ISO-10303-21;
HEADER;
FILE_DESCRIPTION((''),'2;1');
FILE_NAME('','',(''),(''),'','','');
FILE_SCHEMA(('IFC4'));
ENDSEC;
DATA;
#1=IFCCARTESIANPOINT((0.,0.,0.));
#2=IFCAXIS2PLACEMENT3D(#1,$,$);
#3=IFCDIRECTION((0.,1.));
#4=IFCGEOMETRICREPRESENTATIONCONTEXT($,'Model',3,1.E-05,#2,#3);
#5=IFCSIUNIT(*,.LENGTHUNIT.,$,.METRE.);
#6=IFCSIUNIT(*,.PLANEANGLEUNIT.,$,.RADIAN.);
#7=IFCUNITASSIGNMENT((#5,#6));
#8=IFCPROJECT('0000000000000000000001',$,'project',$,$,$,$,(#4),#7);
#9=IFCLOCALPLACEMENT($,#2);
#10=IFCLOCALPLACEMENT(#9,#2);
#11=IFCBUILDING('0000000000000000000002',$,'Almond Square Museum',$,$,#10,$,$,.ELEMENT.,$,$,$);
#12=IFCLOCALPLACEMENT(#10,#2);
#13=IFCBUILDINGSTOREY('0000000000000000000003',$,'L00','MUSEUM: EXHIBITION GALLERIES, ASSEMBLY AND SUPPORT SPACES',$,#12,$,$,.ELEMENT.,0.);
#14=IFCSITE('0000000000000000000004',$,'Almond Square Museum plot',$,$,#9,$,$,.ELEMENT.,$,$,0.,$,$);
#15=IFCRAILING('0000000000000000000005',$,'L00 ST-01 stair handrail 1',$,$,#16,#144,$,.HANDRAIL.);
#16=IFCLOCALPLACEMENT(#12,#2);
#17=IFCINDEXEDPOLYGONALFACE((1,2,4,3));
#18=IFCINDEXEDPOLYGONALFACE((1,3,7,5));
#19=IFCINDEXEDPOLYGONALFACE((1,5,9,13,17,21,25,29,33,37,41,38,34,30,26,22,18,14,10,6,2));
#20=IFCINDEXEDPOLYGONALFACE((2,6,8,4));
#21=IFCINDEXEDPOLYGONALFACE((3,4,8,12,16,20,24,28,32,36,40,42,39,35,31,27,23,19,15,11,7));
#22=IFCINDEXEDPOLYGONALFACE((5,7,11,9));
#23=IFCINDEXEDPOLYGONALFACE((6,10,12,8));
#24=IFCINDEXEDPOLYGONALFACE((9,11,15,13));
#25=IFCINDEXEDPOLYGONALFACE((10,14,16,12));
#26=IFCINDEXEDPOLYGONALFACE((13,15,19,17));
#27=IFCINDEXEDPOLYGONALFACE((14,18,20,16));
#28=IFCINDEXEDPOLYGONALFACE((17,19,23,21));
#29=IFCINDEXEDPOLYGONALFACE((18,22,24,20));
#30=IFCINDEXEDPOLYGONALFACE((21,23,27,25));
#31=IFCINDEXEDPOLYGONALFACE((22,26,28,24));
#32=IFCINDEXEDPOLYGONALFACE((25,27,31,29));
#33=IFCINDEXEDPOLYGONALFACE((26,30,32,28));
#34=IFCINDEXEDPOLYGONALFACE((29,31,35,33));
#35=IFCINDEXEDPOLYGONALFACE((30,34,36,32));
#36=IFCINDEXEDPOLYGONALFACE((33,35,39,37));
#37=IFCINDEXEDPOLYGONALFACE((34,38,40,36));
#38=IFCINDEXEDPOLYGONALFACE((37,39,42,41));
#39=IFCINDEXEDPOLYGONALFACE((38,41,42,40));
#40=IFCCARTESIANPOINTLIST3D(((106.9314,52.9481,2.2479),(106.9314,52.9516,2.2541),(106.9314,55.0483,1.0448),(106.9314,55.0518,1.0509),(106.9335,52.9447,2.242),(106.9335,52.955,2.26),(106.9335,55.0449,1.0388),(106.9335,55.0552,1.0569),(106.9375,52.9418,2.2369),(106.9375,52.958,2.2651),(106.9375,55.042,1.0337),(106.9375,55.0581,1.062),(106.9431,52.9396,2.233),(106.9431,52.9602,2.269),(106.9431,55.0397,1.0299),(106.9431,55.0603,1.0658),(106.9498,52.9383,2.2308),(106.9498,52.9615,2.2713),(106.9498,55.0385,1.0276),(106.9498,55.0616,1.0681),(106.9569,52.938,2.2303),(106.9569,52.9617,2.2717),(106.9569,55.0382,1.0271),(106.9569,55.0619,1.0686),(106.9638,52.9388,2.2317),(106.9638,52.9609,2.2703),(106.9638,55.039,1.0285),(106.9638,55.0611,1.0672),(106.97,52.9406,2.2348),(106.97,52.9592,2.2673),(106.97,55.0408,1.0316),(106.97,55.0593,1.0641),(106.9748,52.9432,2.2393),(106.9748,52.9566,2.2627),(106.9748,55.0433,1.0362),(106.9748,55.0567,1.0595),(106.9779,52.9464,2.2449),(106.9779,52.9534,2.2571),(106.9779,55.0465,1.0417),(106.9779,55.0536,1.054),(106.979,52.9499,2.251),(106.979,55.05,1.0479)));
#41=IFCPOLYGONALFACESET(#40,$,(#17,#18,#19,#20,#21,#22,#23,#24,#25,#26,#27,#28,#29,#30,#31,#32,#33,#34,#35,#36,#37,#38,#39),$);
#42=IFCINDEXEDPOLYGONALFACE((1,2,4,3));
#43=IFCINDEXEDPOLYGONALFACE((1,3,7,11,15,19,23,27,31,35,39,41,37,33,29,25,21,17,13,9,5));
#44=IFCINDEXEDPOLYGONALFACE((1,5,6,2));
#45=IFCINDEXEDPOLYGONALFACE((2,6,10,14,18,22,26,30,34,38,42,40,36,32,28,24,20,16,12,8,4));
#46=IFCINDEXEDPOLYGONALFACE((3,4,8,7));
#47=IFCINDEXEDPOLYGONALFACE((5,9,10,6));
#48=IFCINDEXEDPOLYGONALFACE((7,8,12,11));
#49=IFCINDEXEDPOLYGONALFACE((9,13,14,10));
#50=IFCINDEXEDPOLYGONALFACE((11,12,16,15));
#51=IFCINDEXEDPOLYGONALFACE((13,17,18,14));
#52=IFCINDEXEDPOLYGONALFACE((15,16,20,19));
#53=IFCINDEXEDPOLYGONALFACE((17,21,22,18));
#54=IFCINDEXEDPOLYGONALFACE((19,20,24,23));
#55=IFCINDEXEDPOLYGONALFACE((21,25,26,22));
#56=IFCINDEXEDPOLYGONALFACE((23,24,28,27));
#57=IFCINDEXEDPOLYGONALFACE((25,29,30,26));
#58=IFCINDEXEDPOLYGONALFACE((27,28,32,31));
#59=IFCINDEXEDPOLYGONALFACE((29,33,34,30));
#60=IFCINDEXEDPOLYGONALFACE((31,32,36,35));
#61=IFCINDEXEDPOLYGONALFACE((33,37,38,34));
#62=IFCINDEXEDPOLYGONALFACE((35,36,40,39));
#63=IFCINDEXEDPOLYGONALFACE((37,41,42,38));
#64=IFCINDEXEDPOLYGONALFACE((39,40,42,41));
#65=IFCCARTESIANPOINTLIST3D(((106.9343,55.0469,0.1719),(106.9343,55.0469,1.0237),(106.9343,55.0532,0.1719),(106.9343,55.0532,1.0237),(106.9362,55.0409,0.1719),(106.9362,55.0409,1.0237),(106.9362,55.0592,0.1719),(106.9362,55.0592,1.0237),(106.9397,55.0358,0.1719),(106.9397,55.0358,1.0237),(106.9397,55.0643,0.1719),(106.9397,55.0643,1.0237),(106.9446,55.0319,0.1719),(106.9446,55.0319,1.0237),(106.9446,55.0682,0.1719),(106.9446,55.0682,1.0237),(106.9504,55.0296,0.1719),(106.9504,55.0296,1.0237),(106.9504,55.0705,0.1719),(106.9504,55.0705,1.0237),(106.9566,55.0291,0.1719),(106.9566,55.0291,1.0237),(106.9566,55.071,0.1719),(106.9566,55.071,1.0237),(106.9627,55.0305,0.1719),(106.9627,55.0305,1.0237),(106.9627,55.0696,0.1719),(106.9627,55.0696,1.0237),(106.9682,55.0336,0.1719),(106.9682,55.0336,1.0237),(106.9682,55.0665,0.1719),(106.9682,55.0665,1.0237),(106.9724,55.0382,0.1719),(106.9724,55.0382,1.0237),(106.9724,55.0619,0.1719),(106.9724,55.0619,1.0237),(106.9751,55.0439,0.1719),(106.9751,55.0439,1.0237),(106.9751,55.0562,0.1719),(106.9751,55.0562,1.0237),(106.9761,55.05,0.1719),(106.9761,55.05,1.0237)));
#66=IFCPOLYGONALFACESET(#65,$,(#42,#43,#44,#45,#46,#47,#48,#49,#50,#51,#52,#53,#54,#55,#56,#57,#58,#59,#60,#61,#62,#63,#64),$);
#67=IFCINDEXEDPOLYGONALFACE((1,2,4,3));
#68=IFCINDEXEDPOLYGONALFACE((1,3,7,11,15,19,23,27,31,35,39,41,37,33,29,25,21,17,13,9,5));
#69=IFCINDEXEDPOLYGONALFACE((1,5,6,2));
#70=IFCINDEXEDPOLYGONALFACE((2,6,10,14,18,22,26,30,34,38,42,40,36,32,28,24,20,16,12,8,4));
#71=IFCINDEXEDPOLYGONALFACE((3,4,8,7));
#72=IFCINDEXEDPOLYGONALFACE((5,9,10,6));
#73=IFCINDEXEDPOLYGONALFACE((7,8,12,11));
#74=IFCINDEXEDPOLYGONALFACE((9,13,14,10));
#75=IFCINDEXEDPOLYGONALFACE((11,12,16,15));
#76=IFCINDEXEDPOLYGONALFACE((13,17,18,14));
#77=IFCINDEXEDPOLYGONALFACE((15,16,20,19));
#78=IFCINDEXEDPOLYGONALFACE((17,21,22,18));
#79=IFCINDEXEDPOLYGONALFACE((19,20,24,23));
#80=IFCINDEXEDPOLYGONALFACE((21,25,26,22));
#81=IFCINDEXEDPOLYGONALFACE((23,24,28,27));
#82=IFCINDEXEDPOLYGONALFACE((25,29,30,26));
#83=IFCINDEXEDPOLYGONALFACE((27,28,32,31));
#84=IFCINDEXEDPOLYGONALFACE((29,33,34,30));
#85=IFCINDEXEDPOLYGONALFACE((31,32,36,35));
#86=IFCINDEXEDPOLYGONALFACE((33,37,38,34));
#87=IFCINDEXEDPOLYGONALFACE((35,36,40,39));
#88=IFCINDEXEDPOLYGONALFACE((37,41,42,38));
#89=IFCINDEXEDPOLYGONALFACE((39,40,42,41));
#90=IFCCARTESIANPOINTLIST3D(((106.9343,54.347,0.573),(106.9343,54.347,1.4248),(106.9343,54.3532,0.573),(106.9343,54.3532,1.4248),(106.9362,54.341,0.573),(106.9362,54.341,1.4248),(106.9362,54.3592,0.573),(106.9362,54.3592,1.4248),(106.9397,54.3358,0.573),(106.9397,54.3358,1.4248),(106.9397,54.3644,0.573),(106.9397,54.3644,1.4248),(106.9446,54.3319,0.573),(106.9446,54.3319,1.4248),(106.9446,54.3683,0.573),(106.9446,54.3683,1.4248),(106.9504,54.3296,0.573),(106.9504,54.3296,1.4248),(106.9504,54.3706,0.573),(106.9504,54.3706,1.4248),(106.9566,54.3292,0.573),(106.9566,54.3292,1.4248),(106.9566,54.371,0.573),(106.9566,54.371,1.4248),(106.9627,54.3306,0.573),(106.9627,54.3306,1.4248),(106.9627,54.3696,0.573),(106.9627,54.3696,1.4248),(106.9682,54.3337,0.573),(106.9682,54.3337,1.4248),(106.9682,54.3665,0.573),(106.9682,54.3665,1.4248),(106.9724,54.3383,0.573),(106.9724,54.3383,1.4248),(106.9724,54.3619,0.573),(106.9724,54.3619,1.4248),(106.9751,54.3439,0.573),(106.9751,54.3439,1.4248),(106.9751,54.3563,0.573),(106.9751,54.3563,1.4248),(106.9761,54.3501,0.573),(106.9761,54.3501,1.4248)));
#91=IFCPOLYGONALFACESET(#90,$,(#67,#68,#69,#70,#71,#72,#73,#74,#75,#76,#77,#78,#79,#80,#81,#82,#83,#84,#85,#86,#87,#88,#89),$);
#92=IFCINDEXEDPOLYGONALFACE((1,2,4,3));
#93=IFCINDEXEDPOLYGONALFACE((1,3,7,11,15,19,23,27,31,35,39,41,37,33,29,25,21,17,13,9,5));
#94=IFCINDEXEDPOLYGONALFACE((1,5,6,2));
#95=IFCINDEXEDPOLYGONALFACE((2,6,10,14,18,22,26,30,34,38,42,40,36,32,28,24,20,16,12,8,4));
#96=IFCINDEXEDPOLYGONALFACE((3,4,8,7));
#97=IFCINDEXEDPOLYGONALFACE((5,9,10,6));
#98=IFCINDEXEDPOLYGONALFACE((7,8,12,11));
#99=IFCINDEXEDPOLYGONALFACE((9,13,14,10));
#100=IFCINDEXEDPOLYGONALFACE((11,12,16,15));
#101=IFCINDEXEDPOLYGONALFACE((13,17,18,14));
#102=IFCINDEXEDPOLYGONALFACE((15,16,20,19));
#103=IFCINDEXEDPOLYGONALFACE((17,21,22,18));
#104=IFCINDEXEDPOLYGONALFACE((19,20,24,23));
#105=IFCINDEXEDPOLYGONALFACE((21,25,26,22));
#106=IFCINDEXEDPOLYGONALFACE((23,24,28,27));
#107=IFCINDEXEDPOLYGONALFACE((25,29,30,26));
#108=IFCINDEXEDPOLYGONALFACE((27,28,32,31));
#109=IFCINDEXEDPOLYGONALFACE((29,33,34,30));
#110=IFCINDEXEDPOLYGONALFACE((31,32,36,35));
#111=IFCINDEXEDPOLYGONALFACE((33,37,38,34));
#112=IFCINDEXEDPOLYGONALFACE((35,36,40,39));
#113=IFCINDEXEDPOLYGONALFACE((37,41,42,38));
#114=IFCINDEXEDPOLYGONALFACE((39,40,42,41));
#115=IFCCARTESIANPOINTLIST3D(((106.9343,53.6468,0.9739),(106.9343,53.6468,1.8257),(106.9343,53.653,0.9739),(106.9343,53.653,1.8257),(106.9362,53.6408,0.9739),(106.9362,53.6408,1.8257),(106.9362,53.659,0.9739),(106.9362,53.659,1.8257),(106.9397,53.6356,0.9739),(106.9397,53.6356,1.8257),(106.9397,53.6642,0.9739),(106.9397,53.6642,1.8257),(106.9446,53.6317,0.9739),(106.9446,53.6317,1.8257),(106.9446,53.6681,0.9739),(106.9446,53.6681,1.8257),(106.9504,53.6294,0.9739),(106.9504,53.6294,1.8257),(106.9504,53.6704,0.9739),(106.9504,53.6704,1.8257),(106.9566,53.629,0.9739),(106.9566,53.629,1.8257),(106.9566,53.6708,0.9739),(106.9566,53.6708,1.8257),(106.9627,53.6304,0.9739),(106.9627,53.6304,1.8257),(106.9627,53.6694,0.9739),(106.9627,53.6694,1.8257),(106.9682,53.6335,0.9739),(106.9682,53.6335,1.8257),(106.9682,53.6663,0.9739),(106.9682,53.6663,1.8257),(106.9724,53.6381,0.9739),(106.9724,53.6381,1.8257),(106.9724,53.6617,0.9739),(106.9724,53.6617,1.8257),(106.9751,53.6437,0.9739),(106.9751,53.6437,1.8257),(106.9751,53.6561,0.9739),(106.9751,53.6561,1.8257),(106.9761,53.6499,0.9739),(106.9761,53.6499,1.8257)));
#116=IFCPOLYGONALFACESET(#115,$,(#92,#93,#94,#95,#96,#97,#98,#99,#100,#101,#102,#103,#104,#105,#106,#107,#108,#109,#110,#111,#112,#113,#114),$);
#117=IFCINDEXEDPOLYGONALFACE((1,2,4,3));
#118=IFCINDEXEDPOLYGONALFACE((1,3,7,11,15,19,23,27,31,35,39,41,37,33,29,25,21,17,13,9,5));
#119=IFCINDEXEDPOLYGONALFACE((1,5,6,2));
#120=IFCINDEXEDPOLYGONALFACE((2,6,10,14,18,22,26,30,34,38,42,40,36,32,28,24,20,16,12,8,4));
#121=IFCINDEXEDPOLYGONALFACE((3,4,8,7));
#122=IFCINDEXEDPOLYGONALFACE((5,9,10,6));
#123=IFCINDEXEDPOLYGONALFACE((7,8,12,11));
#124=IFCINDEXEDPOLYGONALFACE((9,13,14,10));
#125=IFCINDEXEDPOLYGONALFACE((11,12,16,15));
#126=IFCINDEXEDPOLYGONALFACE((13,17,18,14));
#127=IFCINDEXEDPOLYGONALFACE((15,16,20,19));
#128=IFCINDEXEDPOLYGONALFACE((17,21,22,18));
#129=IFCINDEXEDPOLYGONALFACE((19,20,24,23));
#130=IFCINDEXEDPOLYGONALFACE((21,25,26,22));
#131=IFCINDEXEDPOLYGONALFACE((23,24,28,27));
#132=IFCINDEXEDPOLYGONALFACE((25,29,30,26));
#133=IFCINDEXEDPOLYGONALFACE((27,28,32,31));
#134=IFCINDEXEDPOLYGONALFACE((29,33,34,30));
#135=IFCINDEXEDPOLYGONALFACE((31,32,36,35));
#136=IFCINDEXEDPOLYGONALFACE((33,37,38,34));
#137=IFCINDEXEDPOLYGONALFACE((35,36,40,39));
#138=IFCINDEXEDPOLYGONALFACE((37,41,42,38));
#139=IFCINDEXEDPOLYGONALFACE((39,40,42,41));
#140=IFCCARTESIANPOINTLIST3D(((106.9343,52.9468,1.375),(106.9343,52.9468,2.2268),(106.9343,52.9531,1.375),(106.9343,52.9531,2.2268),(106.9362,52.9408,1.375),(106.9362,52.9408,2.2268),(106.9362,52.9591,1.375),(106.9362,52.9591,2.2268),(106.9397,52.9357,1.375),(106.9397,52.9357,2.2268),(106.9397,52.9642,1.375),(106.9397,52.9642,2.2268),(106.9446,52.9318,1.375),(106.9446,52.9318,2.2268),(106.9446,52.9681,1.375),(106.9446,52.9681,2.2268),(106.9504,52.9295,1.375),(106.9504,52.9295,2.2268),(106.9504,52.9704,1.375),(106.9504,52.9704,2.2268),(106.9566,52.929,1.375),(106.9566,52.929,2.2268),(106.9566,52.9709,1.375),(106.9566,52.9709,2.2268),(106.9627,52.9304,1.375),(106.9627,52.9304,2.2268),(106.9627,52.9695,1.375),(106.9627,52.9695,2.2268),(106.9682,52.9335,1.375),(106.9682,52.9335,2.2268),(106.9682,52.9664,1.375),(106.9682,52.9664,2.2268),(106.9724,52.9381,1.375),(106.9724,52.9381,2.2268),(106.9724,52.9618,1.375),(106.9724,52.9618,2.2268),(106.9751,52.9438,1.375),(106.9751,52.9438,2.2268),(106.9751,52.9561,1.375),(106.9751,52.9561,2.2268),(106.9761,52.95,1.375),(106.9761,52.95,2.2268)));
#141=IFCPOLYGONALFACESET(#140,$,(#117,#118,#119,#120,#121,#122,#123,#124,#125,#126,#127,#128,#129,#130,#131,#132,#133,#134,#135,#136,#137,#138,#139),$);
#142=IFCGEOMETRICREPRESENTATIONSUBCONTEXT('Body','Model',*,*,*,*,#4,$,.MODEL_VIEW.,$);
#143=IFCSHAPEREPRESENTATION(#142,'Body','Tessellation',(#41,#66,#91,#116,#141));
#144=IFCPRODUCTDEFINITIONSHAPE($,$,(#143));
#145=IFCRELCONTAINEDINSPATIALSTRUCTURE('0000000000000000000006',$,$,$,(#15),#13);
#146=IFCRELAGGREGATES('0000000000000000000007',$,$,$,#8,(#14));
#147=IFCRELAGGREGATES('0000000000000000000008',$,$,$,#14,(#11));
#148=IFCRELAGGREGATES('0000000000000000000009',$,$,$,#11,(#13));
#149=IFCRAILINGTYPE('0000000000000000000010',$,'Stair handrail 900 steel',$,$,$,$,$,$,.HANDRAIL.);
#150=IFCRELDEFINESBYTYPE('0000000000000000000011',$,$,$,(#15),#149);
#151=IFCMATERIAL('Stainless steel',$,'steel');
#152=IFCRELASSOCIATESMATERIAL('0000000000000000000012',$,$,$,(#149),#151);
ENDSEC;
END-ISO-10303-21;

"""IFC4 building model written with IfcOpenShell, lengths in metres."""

from ifc_helpers import new_model, si_unit, direction, frame, origin, origin_2d, place, context, subcontext, project, spatial, circle, extrude, material, type_object, element, save


model = new_model("IFC4")

# Units and contexts
model_context = context("Model", 3, precision=1e-05, world=origin(), true_north=direction((0.0, 1.0)))
body_context = subcontext(model_context, "Body", "Model", "MODEL_VIEW")
ifc_project = project(units=[si_unit("LENGTHUNIT", "METRE"), si_unit("PLANEANGLEUNIT", "RADIAN")], contexts=[model_context])

# Site, building, storey
site_placement = place(None, origin())
site = spatial("IfcSite", under=ifc_project, at=site_placement, Name="Almond Square Museum plot", CompositionType="ELEMENT", RefElevation=0.0)
building_placement = place(site_placement, origin())
building = spatial("IfcBuilding", under=site, at=building_placement, Name="Almond Square Museum", CompositionType="ELEMENT")
storey_placement = place(building_placement, origin())
storey = spatial("IfcBuildingStorey", under=building, at=storey_placement, Name="L00", Description="MUSEUM: EXHIBITION GALLERIES, ASSEMBLY AND SUPPORT SPACES", CompositionType="ELEMENT", Elevation=0.0)

# Railing
ifc_material_1 = material(Name="Stainless steel", Category="steel")
railing_type_1 = type_object("IfcRailingType", Name="Stair handrail 900 steel", PredefinedType="HANDRAIL", material=ifc_material_1)
railing_1_placement = place(storey_placement, frame((106.9551, 55.05, 0.1719)))
element("IfcRailing", 1, at=railing_1_placement, inside=storey, type_object=railing_type_1, Name="L00 ST-01 stair handrail 1", PredefinedType="HANDRAIL", context=body_context, shape_type="SweptSolid", body=[
    extrude(circle(Radius=0.0239, at=origin_2d()), frame((0.0, 0.0, 0.876), z_axis=(0.0, -0.867696, 0.497095), x_axis=(1.0, 0.0, 0.0)), (0.0, 0.0, 1.0), 2.4204),
    extrude(circle(Radius=0.021, at=origin_2d()), origin(), (0.0, 0.0, 1.0), 0.8518),
    extrude(circle(Radius=0.021, at=origin_2d()), frame((0.0, -0.7, 0.4011)), (0.0, 0.0, 1.0), 0.8518),
    extrude(circle(Radius=0.021, at=origin_2d()), frame((0.0, -1.4001, 0.802)), (0.0, 0.0, 1.0), 0.8518),
    extrude(circle(Radius=0.021, at=origin_2d()), frame((0.0, -2.1001, 1.2031)), (0.0, 0.0, 1.0), 0.8518),
])

save(model, "model.ifc")
